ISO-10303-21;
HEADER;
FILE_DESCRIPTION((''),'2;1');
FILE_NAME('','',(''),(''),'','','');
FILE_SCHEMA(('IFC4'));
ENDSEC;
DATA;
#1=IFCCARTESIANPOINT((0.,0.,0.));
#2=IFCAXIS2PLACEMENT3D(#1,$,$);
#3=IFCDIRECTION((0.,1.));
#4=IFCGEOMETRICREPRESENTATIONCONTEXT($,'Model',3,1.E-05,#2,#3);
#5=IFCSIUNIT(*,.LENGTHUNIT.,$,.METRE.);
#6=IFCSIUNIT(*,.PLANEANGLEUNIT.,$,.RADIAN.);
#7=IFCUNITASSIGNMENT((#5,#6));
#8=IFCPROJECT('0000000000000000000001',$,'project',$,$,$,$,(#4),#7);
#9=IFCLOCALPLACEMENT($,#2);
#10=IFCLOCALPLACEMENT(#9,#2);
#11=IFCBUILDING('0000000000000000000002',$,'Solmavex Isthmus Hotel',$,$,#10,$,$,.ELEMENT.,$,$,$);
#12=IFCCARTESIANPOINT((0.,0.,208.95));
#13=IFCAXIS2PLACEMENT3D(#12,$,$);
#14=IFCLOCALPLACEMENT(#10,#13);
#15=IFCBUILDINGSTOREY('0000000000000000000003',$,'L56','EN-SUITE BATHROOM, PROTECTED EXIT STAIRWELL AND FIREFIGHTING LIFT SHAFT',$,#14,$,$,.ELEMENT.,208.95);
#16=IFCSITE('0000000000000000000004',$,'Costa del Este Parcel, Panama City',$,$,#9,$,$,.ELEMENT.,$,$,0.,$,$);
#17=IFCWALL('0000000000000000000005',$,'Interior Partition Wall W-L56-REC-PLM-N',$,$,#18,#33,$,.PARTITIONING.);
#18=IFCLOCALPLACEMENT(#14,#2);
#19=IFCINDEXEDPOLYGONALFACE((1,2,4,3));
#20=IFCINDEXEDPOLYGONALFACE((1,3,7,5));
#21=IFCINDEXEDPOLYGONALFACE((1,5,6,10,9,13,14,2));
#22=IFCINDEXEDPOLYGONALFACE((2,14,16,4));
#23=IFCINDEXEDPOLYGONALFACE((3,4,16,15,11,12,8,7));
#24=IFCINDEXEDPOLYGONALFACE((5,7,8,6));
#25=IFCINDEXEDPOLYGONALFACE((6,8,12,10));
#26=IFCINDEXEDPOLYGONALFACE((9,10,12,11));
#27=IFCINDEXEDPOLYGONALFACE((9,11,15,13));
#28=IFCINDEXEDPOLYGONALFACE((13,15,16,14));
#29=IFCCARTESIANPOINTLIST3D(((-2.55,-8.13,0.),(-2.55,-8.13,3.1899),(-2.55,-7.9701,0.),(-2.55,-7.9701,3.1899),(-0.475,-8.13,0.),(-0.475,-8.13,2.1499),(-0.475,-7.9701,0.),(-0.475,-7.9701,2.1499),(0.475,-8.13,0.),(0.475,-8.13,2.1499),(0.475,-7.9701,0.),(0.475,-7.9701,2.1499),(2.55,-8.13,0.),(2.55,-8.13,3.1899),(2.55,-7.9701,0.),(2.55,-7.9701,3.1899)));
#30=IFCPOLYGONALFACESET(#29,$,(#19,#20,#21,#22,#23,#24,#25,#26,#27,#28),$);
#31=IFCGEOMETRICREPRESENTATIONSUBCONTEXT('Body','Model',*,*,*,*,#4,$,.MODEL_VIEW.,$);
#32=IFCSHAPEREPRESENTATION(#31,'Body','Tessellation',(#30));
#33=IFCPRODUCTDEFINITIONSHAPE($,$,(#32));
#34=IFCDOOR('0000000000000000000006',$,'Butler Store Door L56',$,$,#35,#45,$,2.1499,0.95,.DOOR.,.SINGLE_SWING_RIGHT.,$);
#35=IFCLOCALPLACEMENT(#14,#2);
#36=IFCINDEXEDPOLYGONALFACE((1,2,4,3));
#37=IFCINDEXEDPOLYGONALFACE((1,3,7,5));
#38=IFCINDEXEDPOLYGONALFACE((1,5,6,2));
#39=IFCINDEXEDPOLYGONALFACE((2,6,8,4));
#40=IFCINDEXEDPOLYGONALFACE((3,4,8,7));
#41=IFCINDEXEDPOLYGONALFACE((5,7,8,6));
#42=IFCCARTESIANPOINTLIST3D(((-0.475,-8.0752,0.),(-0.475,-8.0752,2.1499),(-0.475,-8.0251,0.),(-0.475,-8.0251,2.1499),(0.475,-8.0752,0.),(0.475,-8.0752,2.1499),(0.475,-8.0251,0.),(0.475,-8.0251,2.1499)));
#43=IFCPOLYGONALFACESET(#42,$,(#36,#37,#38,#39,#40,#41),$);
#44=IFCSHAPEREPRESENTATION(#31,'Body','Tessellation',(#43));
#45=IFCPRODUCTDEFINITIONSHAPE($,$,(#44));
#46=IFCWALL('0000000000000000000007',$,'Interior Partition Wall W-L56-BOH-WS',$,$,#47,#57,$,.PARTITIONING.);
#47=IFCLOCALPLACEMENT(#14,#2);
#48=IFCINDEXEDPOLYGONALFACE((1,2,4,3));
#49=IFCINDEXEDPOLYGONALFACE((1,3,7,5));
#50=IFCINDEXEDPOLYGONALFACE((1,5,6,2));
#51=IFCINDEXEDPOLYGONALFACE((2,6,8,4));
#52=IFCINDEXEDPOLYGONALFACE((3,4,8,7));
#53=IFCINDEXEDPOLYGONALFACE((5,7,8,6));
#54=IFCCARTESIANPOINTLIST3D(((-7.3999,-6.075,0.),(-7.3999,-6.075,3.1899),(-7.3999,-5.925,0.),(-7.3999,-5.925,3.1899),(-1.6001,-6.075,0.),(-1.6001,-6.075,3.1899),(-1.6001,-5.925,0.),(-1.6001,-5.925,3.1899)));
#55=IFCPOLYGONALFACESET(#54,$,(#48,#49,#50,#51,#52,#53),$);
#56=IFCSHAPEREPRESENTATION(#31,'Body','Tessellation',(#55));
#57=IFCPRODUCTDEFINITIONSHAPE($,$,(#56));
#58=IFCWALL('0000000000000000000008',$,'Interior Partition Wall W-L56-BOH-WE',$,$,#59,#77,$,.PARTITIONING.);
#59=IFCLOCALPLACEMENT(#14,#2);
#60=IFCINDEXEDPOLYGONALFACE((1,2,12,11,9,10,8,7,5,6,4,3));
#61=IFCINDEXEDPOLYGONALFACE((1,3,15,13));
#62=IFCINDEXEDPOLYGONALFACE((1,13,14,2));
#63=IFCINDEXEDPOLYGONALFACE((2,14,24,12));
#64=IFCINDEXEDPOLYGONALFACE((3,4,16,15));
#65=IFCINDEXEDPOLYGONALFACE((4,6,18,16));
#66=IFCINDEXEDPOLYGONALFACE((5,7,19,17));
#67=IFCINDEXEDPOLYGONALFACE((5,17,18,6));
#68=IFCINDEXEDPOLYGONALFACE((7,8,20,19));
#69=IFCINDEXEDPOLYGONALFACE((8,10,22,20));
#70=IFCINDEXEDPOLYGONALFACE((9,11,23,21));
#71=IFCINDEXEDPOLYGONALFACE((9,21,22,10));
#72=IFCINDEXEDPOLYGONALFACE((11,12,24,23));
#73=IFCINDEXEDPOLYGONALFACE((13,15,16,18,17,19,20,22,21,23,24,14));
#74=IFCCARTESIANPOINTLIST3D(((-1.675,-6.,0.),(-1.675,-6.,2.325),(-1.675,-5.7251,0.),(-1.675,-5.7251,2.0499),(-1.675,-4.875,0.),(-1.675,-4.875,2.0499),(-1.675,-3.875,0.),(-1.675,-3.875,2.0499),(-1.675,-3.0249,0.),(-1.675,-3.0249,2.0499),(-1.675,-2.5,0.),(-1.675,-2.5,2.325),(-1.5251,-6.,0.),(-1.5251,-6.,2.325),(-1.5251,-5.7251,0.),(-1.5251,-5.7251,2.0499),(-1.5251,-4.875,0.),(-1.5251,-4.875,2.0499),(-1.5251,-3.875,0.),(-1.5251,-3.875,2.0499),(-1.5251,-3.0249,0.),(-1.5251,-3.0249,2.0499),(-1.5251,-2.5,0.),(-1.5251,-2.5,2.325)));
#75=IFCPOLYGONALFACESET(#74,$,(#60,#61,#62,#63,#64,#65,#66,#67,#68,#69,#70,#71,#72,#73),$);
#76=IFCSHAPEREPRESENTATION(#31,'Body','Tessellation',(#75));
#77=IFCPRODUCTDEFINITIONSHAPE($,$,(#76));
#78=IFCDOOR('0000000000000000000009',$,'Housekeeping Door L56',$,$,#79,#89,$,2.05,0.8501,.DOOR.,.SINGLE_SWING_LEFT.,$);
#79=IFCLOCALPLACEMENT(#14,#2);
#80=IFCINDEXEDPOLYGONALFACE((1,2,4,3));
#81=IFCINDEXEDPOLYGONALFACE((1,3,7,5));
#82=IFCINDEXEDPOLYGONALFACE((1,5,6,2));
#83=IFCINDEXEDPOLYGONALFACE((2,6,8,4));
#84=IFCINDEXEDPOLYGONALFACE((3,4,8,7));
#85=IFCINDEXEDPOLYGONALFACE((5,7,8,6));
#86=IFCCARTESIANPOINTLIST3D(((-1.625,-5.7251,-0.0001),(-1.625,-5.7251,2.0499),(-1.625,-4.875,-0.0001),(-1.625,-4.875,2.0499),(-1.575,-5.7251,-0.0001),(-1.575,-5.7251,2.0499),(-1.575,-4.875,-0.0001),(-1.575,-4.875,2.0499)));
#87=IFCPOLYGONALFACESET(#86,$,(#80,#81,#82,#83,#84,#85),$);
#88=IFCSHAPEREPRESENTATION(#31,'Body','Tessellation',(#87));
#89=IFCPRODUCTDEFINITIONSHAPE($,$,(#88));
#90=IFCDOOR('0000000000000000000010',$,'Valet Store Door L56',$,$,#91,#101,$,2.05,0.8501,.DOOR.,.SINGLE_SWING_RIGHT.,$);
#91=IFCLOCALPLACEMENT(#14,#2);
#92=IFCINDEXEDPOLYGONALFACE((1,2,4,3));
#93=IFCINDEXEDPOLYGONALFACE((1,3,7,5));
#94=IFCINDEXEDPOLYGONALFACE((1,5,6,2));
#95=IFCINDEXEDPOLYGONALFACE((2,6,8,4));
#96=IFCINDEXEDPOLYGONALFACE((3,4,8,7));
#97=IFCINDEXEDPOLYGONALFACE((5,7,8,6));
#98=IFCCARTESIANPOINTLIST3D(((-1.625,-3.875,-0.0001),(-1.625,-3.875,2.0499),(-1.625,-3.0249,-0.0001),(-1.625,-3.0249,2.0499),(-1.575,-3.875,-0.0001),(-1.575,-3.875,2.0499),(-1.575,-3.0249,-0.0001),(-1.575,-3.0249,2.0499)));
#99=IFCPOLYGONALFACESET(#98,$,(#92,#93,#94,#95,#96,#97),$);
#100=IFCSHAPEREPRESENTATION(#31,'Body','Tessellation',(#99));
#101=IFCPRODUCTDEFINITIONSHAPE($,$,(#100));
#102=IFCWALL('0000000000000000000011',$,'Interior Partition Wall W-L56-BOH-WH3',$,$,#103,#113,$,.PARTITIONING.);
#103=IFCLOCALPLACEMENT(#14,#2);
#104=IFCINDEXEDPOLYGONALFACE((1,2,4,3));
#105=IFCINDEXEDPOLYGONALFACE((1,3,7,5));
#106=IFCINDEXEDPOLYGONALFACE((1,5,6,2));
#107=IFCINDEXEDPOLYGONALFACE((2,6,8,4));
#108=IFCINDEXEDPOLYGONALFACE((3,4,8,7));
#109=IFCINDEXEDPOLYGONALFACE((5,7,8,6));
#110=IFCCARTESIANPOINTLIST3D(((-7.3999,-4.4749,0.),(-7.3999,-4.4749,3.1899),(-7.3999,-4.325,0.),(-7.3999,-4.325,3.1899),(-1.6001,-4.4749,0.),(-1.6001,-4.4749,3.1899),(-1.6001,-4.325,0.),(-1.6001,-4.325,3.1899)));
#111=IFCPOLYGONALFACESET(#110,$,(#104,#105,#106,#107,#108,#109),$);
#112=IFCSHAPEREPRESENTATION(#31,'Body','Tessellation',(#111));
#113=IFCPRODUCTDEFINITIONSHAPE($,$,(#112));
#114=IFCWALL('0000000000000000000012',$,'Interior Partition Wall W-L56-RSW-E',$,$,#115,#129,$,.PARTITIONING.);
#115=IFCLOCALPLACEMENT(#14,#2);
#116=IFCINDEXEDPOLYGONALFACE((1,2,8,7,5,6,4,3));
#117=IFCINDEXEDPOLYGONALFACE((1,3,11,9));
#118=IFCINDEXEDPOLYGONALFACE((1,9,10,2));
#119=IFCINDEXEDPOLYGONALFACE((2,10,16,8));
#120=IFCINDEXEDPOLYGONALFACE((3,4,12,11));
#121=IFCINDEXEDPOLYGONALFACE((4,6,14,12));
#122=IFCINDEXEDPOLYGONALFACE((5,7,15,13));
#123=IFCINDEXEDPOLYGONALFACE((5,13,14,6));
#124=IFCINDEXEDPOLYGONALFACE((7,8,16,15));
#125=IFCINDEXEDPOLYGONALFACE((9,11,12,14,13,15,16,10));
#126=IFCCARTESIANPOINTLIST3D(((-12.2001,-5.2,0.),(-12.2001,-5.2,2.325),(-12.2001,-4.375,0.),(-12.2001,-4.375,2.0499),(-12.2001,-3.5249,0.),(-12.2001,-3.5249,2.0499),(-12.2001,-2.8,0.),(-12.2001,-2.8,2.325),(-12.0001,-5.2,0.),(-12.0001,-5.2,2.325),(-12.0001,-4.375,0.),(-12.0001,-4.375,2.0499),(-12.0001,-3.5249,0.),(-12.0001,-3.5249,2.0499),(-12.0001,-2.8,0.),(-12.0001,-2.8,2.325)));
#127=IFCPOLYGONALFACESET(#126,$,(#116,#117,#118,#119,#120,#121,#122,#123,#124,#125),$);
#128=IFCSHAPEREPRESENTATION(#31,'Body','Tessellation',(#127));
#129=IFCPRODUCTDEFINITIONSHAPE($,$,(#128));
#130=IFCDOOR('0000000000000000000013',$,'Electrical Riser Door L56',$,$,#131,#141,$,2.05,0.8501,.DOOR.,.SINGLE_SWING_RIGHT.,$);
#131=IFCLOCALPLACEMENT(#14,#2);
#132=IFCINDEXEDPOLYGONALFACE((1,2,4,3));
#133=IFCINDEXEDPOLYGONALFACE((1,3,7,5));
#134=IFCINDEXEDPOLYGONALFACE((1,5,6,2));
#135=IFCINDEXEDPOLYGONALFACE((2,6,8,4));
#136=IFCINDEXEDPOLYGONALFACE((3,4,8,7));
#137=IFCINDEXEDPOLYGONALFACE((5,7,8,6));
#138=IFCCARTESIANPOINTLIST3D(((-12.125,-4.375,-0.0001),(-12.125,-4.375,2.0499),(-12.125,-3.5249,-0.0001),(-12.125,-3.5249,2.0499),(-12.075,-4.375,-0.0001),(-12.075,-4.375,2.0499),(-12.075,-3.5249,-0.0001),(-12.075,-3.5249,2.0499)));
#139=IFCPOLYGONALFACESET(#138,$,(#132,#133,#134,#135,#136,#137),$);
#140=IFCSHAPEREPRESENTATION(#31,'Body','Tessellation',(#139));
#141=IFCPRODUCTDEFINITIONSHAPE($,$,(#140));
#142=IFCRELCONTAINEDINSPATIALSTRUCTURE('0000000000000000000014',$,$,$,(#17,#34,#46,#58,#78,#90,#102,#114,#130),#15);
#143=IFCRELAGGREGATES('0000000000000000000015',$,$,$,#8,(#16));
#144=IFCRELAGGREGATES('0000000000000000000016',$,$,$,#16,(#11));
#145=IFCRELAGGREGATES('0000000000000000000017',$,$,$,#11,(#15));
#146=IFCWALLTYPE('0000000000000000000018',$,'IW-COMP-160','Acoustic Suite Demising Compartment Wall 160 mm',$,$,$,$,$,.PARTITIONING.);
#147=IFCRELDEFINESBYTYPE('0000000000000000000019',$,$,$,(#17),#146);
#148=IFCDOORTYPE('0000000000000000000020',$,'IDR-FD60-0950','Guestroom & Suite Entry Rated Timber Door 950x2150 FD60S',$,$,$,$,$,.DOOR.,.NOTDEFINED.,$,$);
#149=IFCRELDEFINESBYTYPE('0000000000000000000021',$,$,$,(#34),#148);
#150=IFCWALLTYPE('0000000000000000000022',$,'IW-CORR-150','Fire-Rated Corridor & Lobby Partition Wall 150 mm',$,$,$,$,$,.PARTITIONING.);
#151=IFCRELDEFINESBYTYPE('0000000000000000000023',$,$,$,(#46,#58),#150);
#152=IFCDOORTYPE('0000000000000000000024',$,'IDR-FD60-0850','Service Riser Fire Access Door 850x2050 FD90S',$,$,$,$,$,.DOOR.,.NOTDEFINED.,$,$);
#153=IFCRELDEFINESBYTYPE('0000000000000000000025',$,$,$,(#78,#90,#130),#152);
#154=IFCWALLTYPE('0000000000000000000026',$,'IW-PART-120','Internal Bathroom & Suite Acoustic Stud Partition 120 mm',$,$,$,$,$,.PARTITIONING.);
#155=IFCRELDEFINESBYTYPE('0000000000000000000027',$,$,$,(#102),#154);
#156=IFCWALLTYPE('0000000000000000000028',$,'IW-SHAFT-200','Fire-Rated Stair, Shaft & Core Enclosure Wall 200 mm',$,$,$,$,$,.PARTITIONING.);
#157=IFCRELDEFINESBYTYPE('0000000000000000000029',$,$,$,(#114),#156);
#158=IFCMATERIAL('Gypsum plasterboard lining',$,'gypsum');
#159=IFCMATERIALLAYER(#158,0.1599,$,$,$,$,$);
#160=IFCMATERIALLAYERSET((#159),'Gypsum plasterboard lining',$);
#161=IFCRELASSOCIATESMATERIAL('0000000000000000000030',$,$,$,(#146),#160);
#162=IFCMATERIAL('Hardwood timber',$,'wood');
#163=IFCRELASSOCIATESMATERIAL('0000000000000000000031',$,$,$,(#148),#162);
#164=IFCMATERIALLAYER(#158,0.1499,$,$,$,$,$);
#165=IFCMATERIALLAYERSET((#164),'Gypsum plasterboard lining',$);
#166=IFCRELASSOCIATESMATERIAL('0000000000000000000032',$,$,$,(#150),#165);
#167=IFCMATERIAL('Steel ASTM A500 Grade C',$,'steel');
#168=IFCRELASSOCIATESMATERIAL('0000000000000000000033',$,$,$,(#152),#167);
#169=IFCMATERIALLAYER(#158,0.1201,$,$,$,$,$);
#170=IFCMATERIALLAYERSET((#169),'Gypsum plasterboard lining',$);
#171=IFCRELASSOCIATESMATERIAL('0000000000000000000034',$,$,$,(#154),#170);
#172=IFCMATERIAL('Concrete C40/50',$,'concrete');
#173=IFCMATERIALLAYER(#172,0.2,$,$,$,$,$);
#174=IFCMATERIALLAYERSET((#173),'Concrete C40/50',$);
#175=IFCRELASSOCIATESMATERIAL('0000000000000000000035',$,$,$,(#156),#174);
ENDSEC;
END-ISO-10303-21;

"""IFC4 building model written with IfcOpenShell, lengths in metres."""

from ifc_helpers import new_model, si_unit, direction, frame, frame_2d, origin, place, context, subcontext, project, spatial, rectangle, extrude, material, layer, layer_set, type_object, element, fill, save


model = new_model("IFC4")

# Units and contexts
model_context = context("Model", 3, precision=1e-05, world=origin(), true_north=direction((0.0, 1.0)))
body_context = subcontext(model_context, "Body", "Model", "MODEL_VIEW")
ifc_project = project(units=[si_unit("LENGTHUNIT", "METRE"), si_unit("PLANEANGLEUNIT", "RADIAN")], contexts=[model_context])

# Site, building, storey
site_placement = place(None, origin())
site = spatial("IfcSite", under=ifc_project, at=site_placement, Name="Costa del Este Parcel, Panama City", CompositionType="ELEMENT", RefElevation=0.0)
building_placement = place(site_placement, origin())
building = spatial("IfcBuilding", under=site, at=building_placement, Name="Solmavex Isthmus Hotel", CompositionType="ELEMENT")
storey_placement = place(building_placement, frame((0.0, 0.0, 208.95)))
storey = spatial("IfcBuildingStorey", under=building, at=storey_placement, Name="L56", Description="EN-SUITE BATHROOM, PROTECTED EXIT STAIRWELL AND FIREFIGHTING LIFT SHAFT", CompositionType="ELEMENT", Elevation=208.95)

# Wall, opening, door
ifc_material_1 = material(Name="Gypsum plasterboard lining", Category="gypsum")
ifc_layer_1 = layer(ifc_material_1, 0.1599)
ifc_layer_set_1 = layer_set([ifc_layer_1], Name="Gypsum plasterboard lining")
wall_type_1 = type_object("IfcWallType", Name="IW-COMP-160", Description="Acoustic Suite Demising Compartment Wall 160 mm", PredefinedType="PARTITIONING", material=ifc_layer_set_1)
ifc_material_2 = material(Name="Hardwood timber", Category="wood")
door_type_1 = type_object("IfcDoorType", Name="IDR-FD60-0950", Description="Guestroom & Suite Entry Rated Timber Door 950x2150 FD60S", OperationType="NOTDEFINED", PredefinedType="DOOR", material=ifc_material_2)
wall_1_placement = place(storey_placement, frame((-2.55, -8.05, 0.0), z_axis=(0.0, 0.0, 1.0), x_axis=(1.0, 0.0, 0.0)))
wall_1 = element("IfcWall", 1, at=wall_1_placement, inside=storey, type_object=wall_type_1, Name="Interior Partition Wall W-L56-REC-PLM-N", PredefinedType="PARTITIONING", context=body_context, shape_type="SweptSolid", body=[
    extrude(rectangle(XDim=5.1001, YDim=0.1599, at=frame_2d((2.55, 0.0))), origin(), (0.0, 0.0, 1.0), 3.1899),
])
opening_1_placement = place(wall_1_placement, frame((2.075, 0.0, 0.0)))
opening_1 = element("IfcOpeningElement", 2, at=opening_1_placement, cuts=wall_1, PredefinedType="OPENING", context=body_context, shape_type="SweptSolid", body=[
    extrude(rectangle(XDim=0.95, YDim=2.1499, at=frame_2d((0.4751, 1.075))), frame((0.0, 0.0898, 0.0), z_axis=(0.0, -1.0, 0.0), x_axis=(1.0, 0.0, 0.0)), (0.0, 0.0, 1.0), 0.1799),
])
door_1_placement = place(opening_1_placement, origin())
door_1 = element("IfcDoor", 3, at=door_1_placement, inside=storey, type_object=door_type_1, Name="Butler Store Door L56", OperationType="SINGLE_SWING_RIGHT", OverallHeight=2.1499, OverallWidth=0.95, PredefinedType="DOOR", context=body_context, shape_type="SweptSolid", body=[
    extrude(rectangle(XDim=0.95, YDim=2.1499, at=frame_2d((0.4751, 1.075))), frame((0.0, 0.0249, 0.0), z_axis=(0.0, -1.0, 0.0), x_axis=(1.0, 0.0, 0.0)), (0.0, 0.0, 1.0), 0.05),
])
fill(opening_1, door_1)

# Wall
ifc_layer_2 = layer(ifc_material_1, 0.1499)
ifc_layer_set_2 = layer_set([ifc_layer_2], Name="Gypsum plasterboard lining")
wall_type_2 = type_object("IfcWallType", Name="IW-CORR-150", Description="Fire-Rated Corridor & Lobby Partition Wall 150 mm", PredefinedType="PARTITIONING", material=ifc_layer_set_2)
wall_2_placement = place(storey_placement, frame((-7.3999, -6.0, 0.0), z_axis=(0.0, 0.0, 1.0), x_axis=(1.0, 0.0, 0.0)))
element("IfcWall", 4, at=wall_2_placement, inside=storey, type_object=wall_type_2, Name="Interior Partition Wall W-L56-BOH-WS", PredefinedType="PARTITIONING", context=body_context, shape_type="SweptSolid", body=[
    extrude(rectangle(XDim=5.7998, YDim=0.1499, at=frame_2d((2.8999, 0.0))), origin(), (0.0, 0.0, 1.0), 3.1899),
])

# Wall, openings, doors
wall_3_placement = place(storey_placement, frame((-1.6001, -6.0, 0.0), z_axis=(0.0, 0.0, 1.0), x_axis=(0.0, 1.0, 0.0)))
wall_3 = element("IfcWall", 5, at=wall_3_placement, inside=storey, type_object=wall_type_2, Name="Interior Partition Wall W-L56-BOH-WE", PredefinedType="PARTITIONING", context=body_context, shape_type="SweptSolid", body=[
    extrude(rectangle(XDim=3.5, YDim=0.1499, at=frame_2d((1.75, 0.0))), origin(), (0.0, 0.0, 1.0), 2.325),
])
opening_2_placement = place(wall_3_placement, frame((0.2749, 0.0, 0.0)))
opening_2 = element("IfcOpeningElement", 6, at=opening_2_placement, cuts=wall_3, PredefinedType="OPENING", context=body_context, shape_type="SweptSolid", body=[
    extrude(rectangle(XDim=0.8501, YDim=2.05, at=frame_2d((0.425, 1.0249))), frame((0.0, 0.085, 0.0), z_axis=(0.0, -1.0, 0.0), x_axis=(1.0, 0.0, 0.0)), (0.0, 0.0, 1.0), 0.1699),
])
opening_3_placement = place(wall_3_placement, frame((2.125, 0.0, 0.0)))
opening_3 = element("IfcOpeningElement", 7, at=opening_3_placement, cuts=wall_3, PredefinedType="OPENING", context=body_context, shape_type="SweptSolid", body=[
    extrude(rectangle(XDim=0.8501, YDim=2.05, at=frame_2d((0.425, 1.0249))), frame((0.0, 0.085, 0.0), z_axis=(0.0, -1.0, 0.0), x_axis=(1.0, 0.0, 0.0)), (0.0, 0.0, 1.0), 0.1699),
])
ifc_material_3 = material(Name="Steel ASTM A500 Grade C", Category="steel")
door_type_2 = type_object("IfcDoorType", Name="IDR-FD60-0850", Description="Service Riser Fire Access Door 850x2050 FD90S", OperationType="NOTDEFINED", PredefinedType="DOOR", material=ifc_material_3)
door_2_placement = place(opening_2_placement, origin())
door_2 = element("IfcDoor", 8, at=door_2_placement, inside=storey, type_object=door_type_2, Name="Housekeeping Door L56", OperationType="SINGLE_SWING_LEFT", OverallHeight=2.05, OverallWidth=0.8501, PredefinedType="DOOR", context=body_context, shape_type="SweptSolid", body=[
    extrude(rectangle(XDim=0.8501, YDim=2.05, at=frame_2d((0.425, 1.0249))), frame((0.0, 0.0249, 0.0), z_axis=(0.0, -1.0, 0.0), x_axis=(1.0, 0.0, 0.0)), (0.0, 0.0, 1.0), 0.05),
])
fill(opening_2, door_2)
door_3_placement = place(opening_3_placement, origin())
door_3 = element("IfcDoor", 9, at=door_3_placement, inside=storey, type_object=door_type_2, Name="Valet Store Door L56", OperationType="SINGLE_SWING_RIGHT", OverallHeight=2.05, OverallWidth=0.8501, PredefinedType="DOOR", context=body_context, shape_type="SweptSolid", body=[
    extrude(rectangle(XDim=0.8501, YDim=2.05, at=frame_2d((0.425, 1.0249))), frame((0.0, 0.0249, 0.0), z_axis=(0.0, -1.0, 0.0), x_axis=(1.0, 0.0, 0.0)), (0.0, 0.0, 1.0), 0.05),
])
fill(opening_3, door_3)

# Wall
ifc_layer_3 = layer(ifc_material_1, 0.1201)
ifc_layer_set_3 = layer_set([ifc_layer_3], Name="Gypsum plasterboard lining")
wall_type_3 = type_object("IfcWallType", Name="IW-PART-120", Description="Internal Bathroom & Suite Acoustic Stud Partition 120 mm", PredefinedType="PARTITIONING", material=ifc_layer_set_3)
wall_4_placement = place(storey_placement, frame((-7.3999, -4.3999, 0.0), z_axis=(0.0, 0.0, 1.0), x_axis=(1.0, 0.0, 0.0)))
element("IfcWall", 10, at=wall_4_placement, inside=storey, type_object=wall_type_3, Name="Interior Partition Wall W-L56-BOH-WH3", PredefinedType="PARTITIONING", context=body_context, shape_type="SweptSolid", body=[
    extrude(rectangle(XDim=5.7998, YDim=0.1499, at=frame_2d((2.8999, 0.0))), origin(), (0.0, 0.0, 1.0), 3.1899),
])

# Wall, opening, door
ifc_material_4 = material(Name="Concrete C40/50", Category="concrete")
ifc_layer_4 = layer(ifc_material_4, 0.2)
ifc_layer_set_4 = layer_set([ifc_layer_4], Name="Concrete C40/50")
wall_type_4 = type_object("IfcWallType", Name="IW-SHAFT-200", Description="Fire-Rated Stair, Shaft & Core Enclosure Wall 200 mm", PredefinedType="PARTITIONING", material=ifc_layer_set_4)
wall_5_placement = place(storey_placement, frame((-12.1001, -5.2, 0.0), z_axis=(0.0, 0.0, 1.0), x_axis=(0.0, 1.0, 0.0)))
wall_5 = element("IfcWall", 11, at=wall_5_placement, inside=storey, type_object=wall_type_4, Name="Interior Partition Wall W-L56-RSW-E", PredefinedType="PARTITIONING", context=body_context, shape_type="SweptSolid", body=[
    extrude(rectangle(XDim=2.3999, YDim=0.2, at=frame_2d((1.2, 0.0))), origin(), (0.0, 0.0, 1.0), 2.325),
])
opening_4_placement = place(wall_5_placement, frame((0.825, 0.0, 0.0)))
opening_4 = element("IfcOpeningElement", 12, at=opening_4_placement, cuts=wall_5, PredefinedType="OPENING", context=body_context, shape_type="SweptSolid", body=[
    extrude(rectangle(XDim=0.8501, YDim=2.05, at=frame_2d((0.425, 1.0249))), frame((0.0, 0.1099, 0.0), z_axis=(0.0, -1.0, 0.0), x_axis=(1.0, 0.0, 0.0)), (0.0, 0.0, 1.0), 0.22),
])
door_4_placement = place(opening_4_placement, origin())
door_4 = element("IfcDoor", 13, at=door_4_placement, inside=storey, type_object=door_type_2, Name="Electrical Riser Door L56", OperationType="SINGLE_SWING_RIGHT", OverallHeight=2.05, OverallWidth=0.8501, PredefinedType="DOOR", context=body_context, shape_type="SweptSolid", body=[
    extrude(rectangle(XDim=0.8501, YDim=2.05, at=frame_2d((0.425, 1.0249))), frame((0.0, 0.0249, 0.0), z_axis=(0.0, -1.0, 0.0), x_axis=(1.0, 0.0, 0.0)), (0.0, 0.0, 1.0), 0.05),
])
fill(opening_4, door_4)

save(model, "model.ifc")
